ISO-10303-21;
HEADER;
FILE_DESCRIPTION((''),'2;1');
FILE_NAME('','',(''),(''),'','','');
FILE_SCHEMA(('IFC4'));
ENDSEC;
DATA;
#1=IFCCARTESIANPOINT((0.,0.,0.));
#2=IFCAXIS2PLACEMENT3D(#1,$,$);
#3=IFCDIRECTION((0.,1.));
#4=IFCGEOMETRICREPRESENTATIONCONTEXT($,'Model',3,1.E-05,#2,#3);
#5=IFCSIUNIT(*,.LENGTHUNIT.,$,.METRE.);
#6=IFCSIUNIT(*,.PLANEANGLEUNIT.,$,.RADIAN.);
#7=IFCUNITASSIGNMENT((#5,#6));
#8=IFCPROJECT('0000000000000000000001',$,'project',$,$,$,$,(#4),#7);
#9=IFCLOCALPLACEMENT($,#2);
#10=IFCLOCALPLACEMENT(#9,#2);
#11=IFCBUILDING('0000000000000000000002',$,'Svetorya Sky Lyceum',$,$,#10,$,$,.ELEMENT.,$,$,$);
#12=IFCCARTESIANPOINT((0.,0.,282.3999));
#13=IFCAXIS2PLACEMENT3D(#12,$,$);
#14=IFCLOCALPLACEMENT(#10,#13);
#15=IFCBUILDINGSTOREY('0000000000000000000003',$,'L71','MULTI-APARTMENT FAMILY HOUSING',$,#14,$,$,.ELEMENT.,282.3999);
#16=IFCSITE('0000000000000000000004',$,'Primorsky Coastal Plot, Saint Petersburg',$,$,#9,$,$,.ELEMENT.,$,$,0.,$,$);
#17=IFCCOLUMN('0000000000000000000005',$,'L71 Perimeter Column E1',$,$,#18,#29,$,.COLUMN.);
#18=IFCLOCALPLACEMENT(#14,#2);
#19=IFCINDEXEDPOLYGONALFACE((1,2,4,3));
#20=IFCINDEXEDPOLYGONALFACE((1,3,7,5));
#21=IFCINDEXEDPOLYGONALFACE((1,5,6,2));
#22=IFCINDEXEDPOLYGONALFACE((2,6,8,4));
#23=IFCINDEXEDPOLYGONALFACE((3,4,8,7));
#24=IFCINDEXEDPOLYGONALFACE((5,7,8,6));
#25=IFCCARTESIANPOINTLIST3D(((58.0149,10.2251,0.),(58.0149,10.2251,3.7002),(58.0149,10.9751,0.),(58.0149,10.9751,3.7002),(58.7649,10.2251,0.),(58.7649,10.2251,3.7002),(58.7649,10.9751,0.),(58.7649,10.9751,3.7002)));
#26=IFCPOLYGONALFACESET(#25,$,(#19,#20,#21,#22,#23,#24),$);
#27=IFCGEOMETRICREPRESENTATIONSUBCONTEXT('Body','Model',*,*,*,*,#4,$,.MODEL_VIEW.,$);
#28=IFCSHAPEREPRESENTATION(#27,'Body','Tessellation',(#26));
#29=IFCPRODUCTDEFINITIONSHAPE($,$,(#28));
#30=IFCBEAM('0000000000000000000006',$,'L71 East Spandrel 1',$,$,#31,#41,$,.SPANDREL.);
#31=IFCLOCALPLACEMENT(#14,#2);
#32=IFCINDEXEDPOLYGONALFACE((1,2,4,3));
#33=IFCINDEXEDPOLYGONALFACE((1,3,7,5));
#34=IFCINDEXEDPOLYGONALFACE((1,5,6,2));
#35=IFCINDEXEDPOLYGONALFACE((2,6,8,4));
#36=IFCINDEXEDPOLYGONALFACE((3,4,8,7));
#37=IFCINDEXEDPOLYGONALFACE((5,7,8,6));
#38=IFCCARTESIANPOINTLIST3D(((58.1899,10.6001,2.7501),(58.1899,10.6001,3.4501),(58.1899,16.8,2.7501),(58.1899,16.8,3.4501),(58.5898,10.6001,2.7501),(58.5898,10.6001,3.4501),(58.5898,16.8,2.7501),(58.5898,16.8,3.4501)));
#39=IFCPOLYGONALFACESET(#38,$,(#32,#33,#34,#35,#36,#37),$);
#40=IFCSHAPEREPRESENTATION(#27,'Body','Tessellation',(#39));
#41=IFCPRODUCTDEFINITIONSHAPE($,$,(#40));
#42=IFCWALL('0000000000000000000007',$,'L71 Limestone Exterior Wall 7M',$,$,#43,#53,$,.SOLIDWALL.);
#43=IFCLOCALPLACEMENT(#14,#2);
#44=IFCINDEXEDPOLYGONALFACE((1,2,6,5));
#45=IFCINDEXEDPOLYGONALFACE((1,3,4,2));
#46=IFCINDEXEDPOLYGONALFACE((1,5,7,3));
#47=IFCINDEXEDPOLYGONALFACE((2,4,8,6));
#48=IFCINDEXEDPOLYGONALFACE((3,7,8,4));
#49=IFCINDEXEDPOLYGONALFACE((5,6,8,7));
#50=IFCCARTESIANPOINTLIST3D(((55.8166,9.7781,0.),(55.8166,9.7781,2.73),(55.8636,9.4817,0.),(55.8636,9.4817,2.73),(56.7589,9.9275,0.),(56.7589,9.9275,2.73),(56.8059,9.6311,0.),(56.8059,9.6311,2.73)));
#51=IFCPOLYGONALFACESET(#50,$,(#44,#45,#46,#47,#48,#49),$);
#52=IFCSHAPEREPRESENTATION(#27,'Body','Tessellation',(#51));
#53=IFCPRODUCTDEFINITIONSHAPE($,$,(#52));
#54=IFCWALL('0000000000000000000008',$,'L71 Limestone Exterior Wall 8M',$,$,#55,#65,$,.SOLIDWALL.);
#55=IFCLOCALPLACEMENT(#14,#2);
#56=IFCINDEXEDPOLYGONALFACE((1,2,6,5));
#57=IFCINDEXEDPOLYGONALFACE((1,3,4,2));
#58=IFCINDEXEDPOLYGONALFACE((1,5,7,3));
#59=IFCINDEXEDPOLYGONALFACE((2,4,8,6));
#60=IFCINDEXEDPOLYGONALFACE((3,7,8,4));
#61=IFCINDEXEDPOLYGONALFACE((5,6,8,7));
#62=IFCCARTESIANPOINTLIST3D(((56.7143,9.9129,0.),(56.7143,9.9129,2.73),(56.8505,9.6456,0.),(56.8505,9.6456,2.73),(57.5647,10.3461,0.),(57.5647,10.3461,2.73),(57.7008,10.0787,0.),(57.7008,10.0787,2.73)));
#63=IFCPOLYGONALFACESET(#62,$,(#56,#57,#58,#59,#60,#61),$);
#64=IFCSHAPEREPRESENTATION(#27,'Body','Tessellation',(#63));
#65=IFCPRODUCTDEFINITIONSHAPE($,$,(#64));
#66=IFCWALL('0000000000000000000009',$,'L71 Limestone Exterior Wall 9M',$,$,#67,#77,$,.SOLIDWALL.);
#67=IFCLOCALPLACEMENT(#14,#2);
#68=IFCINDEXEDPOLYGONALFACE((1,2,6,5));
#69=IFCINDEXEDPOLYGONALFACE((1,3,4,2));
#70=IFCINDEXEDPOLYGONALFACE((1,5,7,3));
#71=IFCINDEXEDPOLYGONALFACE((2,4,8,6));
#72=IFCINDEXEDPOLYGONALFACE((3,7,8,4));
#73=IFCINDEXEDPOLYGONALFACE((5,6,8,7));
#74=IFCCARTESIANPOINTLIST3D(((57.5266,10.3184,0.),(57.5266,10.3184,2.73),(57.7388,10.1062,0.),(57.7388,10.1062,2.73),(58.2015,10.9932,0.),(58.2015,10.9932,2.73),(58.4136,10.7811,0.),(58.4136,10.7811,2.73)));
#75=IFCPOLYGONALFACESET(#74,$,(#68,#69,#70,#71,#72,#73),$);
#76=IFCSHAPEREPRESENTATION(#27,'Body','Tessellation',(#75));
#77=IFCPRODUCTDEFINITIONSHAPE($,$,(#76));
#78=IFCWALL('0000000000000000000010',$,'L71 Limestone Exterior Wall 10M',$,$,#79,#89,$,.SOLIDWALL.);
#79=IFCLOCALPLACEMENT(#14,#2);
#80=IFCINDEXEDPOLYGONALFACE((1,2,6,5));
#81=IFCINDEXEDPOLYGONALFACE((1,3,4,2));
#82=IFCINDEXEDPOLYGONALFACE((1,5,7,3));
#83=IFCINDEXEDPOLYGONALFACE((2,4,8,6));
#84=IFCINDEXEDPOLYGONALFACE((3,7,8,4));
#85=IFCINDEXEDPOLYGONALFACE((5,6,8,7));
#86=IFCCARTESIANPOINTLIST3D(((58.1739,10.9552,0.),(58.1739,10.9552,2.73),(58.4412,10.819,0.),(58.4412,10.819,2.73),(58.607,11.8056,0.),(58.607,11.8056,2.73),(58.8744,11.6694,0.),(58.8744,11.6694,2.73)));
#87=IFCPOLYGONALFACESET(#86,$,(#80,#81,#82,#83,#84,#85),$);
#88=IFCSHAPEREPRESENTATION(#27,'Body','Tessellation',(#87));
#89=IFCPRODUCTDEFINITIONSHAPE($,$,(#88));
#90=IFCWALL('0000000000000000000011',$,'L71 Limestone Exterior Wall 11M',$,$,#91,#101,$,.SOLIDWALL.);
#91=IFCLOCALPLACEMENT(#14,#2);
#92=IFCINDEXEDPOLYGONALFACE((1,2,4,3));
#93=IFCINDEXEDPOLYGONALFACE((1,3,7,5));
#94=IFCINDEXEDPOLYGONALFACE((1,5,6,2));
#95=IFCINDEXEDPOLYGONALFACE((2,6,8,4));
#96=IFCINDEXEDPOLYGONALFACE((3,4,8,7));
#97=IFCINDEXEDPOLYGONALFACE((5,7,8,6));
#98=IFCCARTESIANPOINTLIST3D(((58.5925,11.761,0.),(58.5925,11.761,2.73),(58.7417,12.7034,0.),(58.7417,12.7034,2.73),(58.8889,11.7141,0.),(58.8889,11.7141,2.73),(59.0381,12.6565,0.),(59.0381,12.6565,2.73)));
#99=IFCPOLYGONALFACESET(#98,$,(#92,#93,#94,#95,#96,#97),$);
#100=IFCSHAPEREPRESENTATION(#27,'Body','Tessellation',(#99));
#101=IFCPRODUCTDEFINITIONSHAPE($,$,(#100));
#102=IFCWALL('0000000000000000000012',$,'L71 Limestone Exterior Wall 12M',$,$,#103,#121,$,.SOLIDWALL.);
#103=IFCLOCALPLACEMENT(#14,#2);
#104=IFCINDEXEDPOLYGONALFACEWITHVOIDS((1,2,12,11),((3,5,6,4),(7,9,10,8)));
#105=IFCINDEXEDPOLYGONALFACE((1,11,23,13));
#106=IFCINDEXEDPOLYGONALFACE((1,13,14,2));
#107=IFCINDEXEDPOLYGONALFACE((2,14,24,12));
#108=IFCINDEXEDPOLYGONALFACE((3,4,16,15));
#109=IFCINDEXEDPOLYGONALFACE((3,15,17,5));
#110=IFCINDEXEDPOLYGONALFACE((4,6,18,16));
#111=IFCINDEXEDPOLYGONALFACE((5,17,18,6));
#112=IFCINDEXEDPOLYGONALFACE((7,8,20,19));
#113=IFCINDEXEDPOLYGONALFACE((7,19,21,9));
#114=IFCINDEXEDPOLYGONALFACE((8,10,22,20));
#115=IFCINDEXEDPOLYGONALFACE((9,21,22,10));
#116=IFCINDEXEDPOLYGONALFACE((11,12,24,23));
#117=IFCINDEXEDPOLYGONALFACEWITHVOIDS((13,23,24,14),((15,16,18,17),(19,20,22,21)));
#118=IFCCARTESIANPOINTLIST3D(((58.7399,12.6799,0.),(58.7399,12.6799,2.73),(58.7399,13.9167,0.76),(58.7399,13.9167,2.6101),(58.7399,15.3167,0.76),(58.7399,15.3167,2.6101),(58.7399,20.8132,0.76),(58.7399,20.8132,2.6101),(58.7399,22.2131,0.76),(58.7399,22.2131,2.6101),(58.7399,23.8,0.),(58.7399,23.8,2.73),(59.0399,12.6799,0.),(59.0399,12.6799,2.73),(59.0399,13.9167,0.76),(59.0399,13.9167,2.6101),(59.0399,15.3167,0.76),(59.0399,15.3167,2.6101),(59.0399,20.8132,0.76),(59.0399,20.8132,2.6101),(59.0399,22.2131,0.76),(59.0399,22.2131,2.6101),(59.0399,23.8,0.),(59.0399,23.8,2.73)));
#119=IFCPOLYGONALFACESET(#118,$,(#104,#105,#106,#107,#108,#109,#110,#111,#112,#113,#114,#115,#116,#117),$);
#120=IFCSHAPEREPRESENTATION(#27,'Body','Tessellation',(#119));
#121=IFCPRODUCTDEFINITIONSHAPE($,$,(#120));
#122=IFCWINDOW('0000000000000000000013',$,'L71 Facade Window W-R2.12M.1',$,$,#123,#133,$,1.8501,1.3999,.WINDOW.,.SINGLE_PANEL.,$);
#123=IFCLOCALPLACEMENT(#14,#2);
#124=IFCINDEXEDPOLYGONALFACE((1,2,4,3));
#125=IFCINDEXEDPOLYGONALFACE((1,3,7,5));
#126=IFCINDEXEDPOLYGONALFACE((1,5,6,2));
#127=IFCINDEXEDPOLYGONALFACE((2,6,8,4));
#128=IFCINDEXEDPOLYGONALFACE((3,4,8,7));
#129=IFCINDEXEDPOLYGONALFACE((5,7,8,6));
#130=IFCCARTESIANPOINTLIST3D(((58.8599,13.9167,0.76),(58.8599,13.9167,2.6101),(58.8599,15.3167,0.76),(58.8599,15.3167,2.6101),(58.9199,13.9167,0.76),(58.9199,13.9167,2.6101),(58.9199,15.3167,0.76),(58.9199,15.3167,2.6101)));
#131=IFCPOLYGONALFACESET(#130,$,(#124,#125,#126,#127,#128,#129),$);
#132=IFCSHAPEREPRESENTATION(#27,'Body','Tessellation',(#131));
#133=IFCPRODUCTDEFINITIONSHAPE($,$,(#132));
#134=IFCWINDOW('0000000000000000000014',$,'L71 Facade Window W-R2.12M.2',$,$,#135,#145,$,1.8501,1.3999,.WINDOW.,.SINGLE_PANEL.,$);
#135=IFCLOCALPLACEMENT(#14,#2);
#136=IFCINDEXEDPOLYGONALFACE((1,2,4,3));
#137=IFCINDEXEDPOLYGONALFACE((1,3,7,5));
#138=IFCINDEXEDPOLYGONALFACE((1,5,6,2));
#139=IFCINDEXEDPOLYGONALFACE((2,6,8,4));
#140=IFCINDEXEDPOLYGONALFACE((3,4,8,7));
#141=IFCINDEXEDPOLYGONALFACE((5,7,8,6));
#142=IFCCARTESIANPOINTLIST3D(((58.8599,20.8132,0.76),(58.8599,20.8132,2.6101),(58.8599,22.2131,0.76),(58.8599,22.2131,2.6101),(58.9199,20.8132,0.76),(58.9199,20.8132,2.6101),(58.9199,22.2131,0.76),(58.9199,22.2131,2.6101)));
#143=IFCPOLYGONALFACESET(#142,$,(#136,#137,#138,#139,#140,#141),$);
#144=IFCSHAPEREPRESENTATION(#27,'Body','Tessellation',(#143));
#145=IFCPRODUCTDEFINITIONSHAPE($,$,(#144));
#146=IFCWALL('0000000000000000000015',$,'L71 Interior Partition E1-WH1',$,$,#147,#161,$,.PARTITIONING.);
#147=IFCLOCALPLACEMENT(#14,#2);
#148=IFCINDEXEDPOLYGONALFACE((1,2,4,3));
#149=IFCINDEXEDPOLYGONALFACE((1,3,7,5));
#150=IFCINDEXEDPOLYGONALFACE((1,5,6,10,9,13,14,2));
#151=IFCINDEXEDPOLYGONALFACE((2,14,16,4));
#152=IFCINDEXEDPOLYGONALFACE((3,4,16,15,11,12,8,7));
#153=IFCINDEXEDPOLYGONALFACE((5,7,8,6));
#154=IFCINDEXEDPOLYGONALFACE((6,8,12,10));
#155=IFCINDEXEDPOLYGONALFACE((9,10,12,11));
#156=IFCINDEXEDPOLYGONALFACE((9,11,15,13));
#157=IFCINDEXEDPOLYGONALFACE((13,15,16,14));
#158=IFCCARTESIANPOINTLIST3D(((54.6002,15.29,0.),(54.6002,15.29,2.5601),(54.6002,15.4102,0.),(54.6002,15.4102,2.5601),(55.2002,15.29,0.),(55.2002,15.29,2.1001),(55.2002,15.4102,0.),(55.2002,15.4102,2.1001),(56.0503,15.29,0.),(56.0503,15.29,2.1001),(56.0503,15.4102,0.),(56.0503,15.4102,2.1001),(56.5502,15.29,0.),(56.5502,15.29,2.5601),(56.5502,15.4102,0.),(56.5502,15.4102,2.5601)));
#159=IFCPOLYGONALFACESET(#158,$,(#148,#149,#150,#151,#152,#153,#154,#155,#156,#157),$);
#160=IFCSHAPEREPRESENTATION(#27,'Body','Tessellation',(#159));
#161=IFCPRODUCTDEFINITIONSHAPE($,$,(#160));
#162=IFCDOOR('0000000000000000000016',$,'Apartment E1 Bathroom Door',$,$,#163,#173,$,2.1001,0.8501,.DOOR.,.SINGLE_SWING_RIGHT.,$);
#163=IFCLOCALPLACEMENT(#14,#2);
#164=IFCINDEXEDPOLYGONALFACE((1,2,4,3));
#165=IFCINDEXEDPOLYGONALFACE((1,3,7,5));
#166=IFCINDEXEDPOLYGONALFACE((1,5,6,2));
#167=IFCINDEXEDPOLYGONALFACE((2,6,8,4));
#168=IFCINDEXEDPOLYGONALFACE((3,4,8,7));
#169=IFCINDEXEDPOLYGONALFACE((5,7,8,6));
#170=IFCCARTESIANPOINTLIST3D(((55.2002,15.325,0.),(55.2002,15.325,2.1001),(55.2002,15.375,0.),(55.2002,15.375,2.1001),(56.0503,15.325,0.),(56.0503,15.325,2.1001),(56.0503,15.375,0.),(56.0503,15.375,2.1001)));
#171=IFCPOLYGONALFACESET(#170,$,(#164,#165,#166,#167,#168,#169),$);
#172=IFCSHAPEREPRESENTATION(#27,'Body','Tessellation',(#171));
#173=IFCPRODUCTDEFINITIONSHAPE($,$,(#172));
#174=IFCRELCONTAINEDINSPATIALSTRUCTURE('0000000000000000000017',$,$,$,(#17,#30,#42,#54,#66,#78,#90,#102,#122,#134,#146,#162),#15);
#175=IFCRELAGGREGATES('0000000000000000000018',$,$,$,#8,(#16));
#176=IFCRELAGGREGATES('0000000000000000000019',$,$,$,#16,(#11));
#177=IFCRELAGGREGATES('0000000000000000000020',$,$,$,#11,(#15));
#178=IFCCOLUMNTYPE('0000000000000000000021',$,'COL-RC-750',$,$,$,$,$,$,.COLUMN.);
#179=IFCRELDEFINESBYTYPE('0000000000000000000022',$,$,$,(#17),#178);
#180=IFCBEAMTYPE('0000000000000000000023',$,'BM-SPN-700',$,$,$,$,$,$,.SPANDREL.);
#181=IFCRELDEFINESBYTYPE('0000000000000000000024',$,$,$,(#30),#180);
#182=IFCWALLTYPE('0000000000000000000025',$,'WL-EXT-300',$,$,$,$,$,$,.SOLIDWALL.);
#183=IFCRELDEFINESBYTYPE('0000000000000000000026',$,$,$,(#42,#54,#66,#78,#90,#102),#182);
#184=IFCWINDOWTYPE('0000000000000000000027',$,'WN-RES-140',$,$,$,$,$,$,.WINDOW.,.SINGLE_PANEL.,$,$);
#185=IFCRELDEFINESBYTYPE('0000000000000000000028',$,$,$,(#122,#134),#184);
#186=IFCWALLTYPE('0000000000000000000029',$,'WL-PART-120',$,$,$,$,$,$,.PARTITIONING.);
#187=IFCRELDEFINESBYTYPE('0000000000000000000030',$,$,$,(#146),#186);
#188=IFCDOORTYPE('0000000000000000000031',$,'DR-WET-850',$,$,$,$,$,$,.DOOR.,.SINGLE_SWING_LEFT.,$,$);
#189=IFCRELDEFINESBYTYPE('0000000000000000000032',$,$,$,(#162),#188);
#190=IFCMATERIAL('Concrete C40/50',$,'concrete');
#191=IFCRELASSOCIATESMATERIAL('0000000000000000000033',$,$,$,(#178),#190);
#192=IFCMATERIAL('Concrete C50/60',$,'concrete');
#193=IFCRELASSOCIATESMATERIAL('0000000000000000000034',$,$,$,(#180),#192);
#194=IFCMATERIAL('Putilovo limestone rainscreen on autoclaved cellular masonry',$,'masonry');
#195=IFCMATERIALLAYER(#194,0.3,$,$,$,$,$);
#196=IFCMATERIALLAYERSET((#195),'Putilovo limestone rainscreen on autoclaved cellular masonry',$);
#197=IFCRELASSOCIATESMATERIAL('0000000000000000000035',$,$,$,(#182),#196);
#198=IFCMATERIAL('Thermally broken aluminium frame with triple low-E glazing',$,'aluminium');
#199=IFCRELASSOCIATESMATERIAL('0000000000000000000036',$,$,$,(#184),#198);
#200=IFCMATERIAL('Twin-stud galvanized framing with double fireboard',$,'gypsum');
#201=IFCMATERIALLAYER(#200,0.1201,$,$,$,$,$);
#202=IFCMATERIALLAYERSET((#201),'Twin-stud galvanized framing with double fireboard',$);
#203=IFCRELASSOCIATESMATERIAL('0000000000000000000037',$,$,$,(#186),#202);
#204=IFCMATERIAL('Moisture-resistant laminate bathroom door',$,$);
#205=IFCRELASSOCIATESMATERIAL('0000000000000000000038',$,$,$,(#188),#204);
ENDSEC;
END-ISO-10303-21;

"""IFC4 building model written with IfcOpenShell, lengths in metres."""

from ifc_helpers import new_model, si_unit, direction, frame, frame_2d, origin, origin_2d, place, context, subcontext, project, spatial, rectangle, extrude, material, layer, layer_set, material_profile, profile_set, type_object, element, fill, save


model = new_model("IFC4")

# Units and contexts
model_context = context("Model", 3, precision=1e-05, world=origin(), true_north=direction((0.0, 1.0)))
body_context = subcontext(model_context, "Body", "Model", "MODEL_VIEW")
ifc_project = project(units=[si_unit("LENGTHUNIT", "METRE"), si_unit("PLANEANGLEUNIT", "RADIAN")], contexts=[model_context])

# Site, building, storey
site_placement = place(None, origin())
site = spatial("IfcSite", under=ifc_project, at=site_placement, Name="Primorsky Coastal Plot, Saint Petersburg", CompositionType="ELEMENT", RefElevation=0.0)
building_placement = place(site_placement, origin())
building = spatial("IfcBuilding", under=site, at=building_placement, Name="Svetorya Sky Lyceum", CompositionType="ELEMENT")
storey_placement = place(building_placement, frame((0.0, 0.0, 282.3999)))
storey = spatial("IfcBuildingStorey", under=building, at=storey_placement, Name="L71", Description="MULTI-APARTMENT FAMILY HOUSING", CompositionType="ELEMENT", Elevation=282.3999)

# Column
ifc_material_1 = material(Name="Concrete C40/50", Category="concrete")
ifc_material_profile_1 = material_profile(ifc_material_1, rectangle(XDim=0.75, YDim=0.75, at=origin_2d()), Name="RC COL 750x750")
ifc_profile_set_1 = profile_set([ifc_material_profile_1], Name="Concrete C40/50")
column_type = type_object("IfcColumnType", Name="COL-RC-750", PredefinedType="COLUMN", material=ifc_profile_set_1)
column_placement = place(storey_placement, frame((58.3899, 10.6001, 0.0), z_axis=(0.0, 0.0, 1.0), x_axis=(1.0, 0.0, 0.0)))
element("IfcColumn", 1, at=column_placement, inside=storey, type_object=column_type, Name="L71 Perimeter Column E1", PredefinedType="COLUMN", context=body_context, shape_type="SweptSolid", body=[
    extrude(rectangle(XDim=0.75, YDim=0.75, at=origin_2d()), origin(), (0.0, 0.0, 1.0), 3.7002),
])

# Beam
ifc_material_2 = material(Name="Concrete C50/60", Category="concrete")
ifc_material_profile_2 = material_profile(ifc_material_2, rectangle(XDim=0.3999, YDim=0.7, at=origin_2d()), Name="RC SPANDREL 400x700")
ifc_profile_set_2 = profile_set([ifc_material_profile_2], Name="Concrete C50/60")
beam_type = type_object("IfcBeamType", Name="BM-SPN-700", PredefinedType="SPANDREL", material=ifc_profile_set_2)
beam_placement = place(storey_placement, frame((58.3899, 10.6001, 3.1001), z_axis=(0.0, 1.0, 0.0), x_axis=(-1.0, 0.0, 0.0)))
element("IfcBeam", 2, at=beam_placement, inside=storey, type_object=beam_type, Name="L71 East Spandrel 1", PredefinedType="SPANDREL", context=body_context, shape_type="SweptSolid", body=[
    extrude(rectangle(XDim=0.3999, YDim=0.7, at=origin_2d()), origin(), (0.0, 0.0, 1.0), 6.2),
])

# Walls
ifc_material_3 = material(Name="Putilovo limestone rainscreen on autoclaved cellular masonry", Category="masonry")
ifc_layer_1 = layer(ifc_material_3, 0.3)
ifc_layer_set_1 = layer_set([ifc_layer_1], Name="Putilovo limestone rainscreen on autoclaved cellular masonry")
wall_type_1 = type_object("IfcWallType", Name="WL-EXT-300", PredefinedType="SOLIDWALL", material=ifc_layer_set_1)
wall_1_placement = place(storey_placement, frame((55.8401, 9.6299, 0.0), z_axis=(0.0, 0.0, 1.0), x_axis=(0.987663, 0.156593, 0.0)))
element("IfcWall", 3, at=wall_1_placement, inside=storey, type_object=wall_type_1, Name="L71 Limestone Exterior Wall 7M", PredefinedType="SOLIDWALL", context=body_context, shape_type="SweptSolid", body=[
    extrude(rectangle(XDim=0.9541, YDim=0.3, at=frame_2d((0.4771, 0.0))), origin(), (0.0, 0.0, 1.0), 2.73),
])
for number, where, z_axis, x_axis, name in (
    (4, (56.7825, 9.7793, 0.0), (0.0, 0.0, 1.0), (0.891077, 0.453853, 0.0), "L71 Limestone Exterior Wall 8M"),
    (5, (57.6328, 10.2124, 0.0), (0.0, 0.0, 1.0), (0.707107, 0.707107, 0.0), "L71 Limestone Exterior Wall 9M"),
    (6, (58.3076, 10.8872, 0.0), (0.0, 0.0, 1.0), (0.453853, 0.891077, 0.0), "L71 Limestone Exterior Wall 10M"),
):
    element("IfcWall", number, at=place(storey_placement, frame(where, z_axis=z_axis, x_axis=x_axis)), inside=storey, type_object=wall_type_1, Name=name, PredefinedType="SOLIDWALL", context=body_context, shape_type="SweptSolid", body=[
        extrude(rectangle(XDim=0.9543, YDim=0.3, at=frame_2d((0.4771, 0.0))), origin(), (0.0, 0.0, 1.0), 2.73),
    ])
wall_2_placement = place(storey_placement, frame((58.7407, 11.7375, 0.0), z_axis=(0.0, 0.0, 1.0), x_axis=(0.156344, 0.987703, 0.0)))
element("IfcWall", 7, at=wall_2_placement, inside=storey, type_object=wall_type_1, Name="L71 Limestone Exterior Wall 11M", PredefinedType="SOLIDWALL", context=body_context, shape_type="SweptSolid", body=[
    extrude(rectangle(XDim=0.9541, YDim=0.3, at=frame_2d((0.4771, 0.0))), origin(), (0.0, 0.0, 1.0), 2.73),
])

# Wall, openings, windows
wall_3_placement = place(storey_placement, frame((58.8899, 12.6799, 0.0), z_axis=(0.0, 0.0, 1.0), x_axis=(0.0, 1.0, 0.0)))
wall_3 = element("IfcWall", 8, at=wall_3_placement, inside=storey, type_object=wall_type_1, Name="L71 Limestone Exterior Wall 12M", PredefinedType="SOLIDWALL", context=body_context, shape_type="SweptSolid", body=[
    extrude(rectangle(XDim=11.1201, YDim=0.3, at=frame_2d((5.5601, 0.0))), origin(), (0.0, 0.0, 1.0), 2.73),
])
opening_1_placement = place(wall_3_placement, frame((1.2368, 0.0, 0.76)))
opening_1 = element("IfcOpeningElement", 9, at=opening_1_placement, cuts=wall_3, PredefinedType="OPENING", context=body_context, shape_type="SweptSolid", body=[
    extrude(rectangle(XDim=1.3999, YDim=1.8501, at=frame_2d((0.7, 0.925))), frame((0.0, 0.1599, 0.0), z_axis=(0.0, -1.0, 0.0), x_axis=(1.0, 0.0, 0.0)), (0.0, 0.0, 1.0), 0.3201),
])
opening_2_placement = place(wall_3_placement, frame((8.1333, 0.0, 0.76)))
opening_2 = element("IfcOpeningElement", 10, at=opening_2_placement, cuts=wall_3, PredefinedType="OPENING", context=body_context, shape_type="SweptSolid", body=[
    extrude(rectangle(XDim=1.3999, YDim=1.8501, at=frame_2d((0.7, 0.925))), frame((0.0, 0.1599, 0.0), z_axis=(0.0, -1.0, 0.0), x_axis=(1.0, 0.0, 0.0)), (0.0, 0.0, 1.0), 0.3201),
])
ifc_material_4 = material(Name="Thermally broken aluminium frame with triple low-E glazing", Category="aluminium")
window_type = type_object("IfcWindowType", Name="WN-RES-140", PartitioningType="SINGLE_PANEL", PredefinedType="WINDOW", material=ifc_material_4)
window_1_placement = place(opening_1_placement, origin())
window_1 = element("IfcWindow", 11, at=window_1_placement, inside=storey, type_object=window_type, Name="L71 Facade Window W-R2.12M.1", OverallHeight=1.8501, OverallWidth=1.3999, PartitioningType="SINGLE_PANEL", PredefinedType="WINDOW", context=body_context, shape_type="SweptSolid", body=[
    extrude(rectangle(XDim=1.3999, YDim=1.8501, at=frame_2d((0.7, 0.925))), frame((0.0, 0.03, 0.0), z_axis=(0.0, -1.0, 0.0), x_axis=(1.0, 0.0, 0.0)), (0.0, 0.0, 1.0), 0.0601),
])
fill(opening_1, window_1)
window_2_placement = place(opening_2_placement, origin())
window_2 = element("IfcWindow", 12, at=window_2_placement, inside=storey, type_object=window_type, Name="L71 Facade Window W-R2.12M.2", OverallHeight=1.8501, OverallWidth=1.3999, PartitioningType="SINGLE_PANEL", PredefinedType="WINDOW", context=body_context, shape_type="SweptSolid", body=[
    extrude(rectangle(XDim=1.3999, YDim=1.8501, at=frame_2d((0.7, 0.925))), frame((0.0, 0.03, 0.0), z_axis=(0.0, -1.0, 0.0), x_axis=(1.0, 0.0, 0.0)), (0.0, 0.0, 1.0), 0.0601),
])
fill(opening_2, window_2)

# Wall, opening, door
ifc_material_5 = material(Name="Twin-stud galvanized framing with double fireboard", Category="gypsum")
ifc_layer_2 = layer(ifc_material_5, 0.1201)
ifc_layer_set_2 = layer_set([ifc_layer_2], Name="Twin-stud galvanized framing with double fireboard")
wall_type_2 = type_object("IfcWallType", Name="WL-PART-120", PredefinedType="PARTITIONING", material=ifc_layer_set_2)
wall_4_placement = place(storey_placement, frame((54.6001, 15.3501, 0.0), z_axis=(0.0, 0.0, 1.0), x_axis=(1.0, 0.0, 0.0)))
wall_4 = element("IfcWall", 13, at=wall_4_placement, inside=storey, type_object=wall_type_2, Name="L71 Interior Partition E1-WH1", PredefinedType="PARTITIONING", context=body_context, shape_type="SweptSolid", body=[
    extrude(rectangle(XDim=1.95, YDim=0.1201, at=frame_2d((0.9751, 0.0))), origin(), (0.0, 0.0, 1.0), 2.5601),
])
opening_3_placement = place(wall_4_placement, frame((0.6001, 0.0, 0.0)))
opening_3 = element("IfcOpeningElement", 14, at=opening_3_placement, cuts=wall_4, PredefinedType="OPENING", context=body_context, shape_type="SweptSolid", body=[
    extrude(rectangle(XDim=0.8501, YDim=2.1001, at=frame_2d((0.425, 1.05))), frame((0.0, 0.0701, 0.0), z_axis=(0.0, -1.0, 0.0), x_axis=(1.0, 0.0, 0.0)), (0.0, 0.0, 1.0), 0.1401),
])
ifc_material_6 = material(Name="Moisture-resistant laminate bathroom door")
door_type_1 = type_object("IfcDoorType", Name="DR-WET-850", OperationType="SINGLE_SWING_LEFT", PredefinedType="DOOR", material=ifc_material_6)
door_1_placement = place(opening_3_placement, origin())
door_1 = element("IfcDoor", 15, at=door_1_placement, inside=storey, type_object=door_type_1, Name="Apartment E1 Bathroom Door", OperationType="SINGLE_SWING_RIGHT", OverallHeight=2.1001, OverallWidth=0.8501, PredefinedType="DOOR", context=body_context, shape_type="SweptSolid", body=[
    extrude(rectangle(XDim=0.8501, YDim=2.1001, at=frame_2d((0.425, 1.05))), frame((0.0, 0.0249, 0.0), z_axis=(0.0, -1.0, 0.0), x_axis=(1.0, 0.0, 0.0)), (0.0, 0.0, 1.0), 0.05),
])
fill(opening_3, door_1)

save(model, "model.ifc")
